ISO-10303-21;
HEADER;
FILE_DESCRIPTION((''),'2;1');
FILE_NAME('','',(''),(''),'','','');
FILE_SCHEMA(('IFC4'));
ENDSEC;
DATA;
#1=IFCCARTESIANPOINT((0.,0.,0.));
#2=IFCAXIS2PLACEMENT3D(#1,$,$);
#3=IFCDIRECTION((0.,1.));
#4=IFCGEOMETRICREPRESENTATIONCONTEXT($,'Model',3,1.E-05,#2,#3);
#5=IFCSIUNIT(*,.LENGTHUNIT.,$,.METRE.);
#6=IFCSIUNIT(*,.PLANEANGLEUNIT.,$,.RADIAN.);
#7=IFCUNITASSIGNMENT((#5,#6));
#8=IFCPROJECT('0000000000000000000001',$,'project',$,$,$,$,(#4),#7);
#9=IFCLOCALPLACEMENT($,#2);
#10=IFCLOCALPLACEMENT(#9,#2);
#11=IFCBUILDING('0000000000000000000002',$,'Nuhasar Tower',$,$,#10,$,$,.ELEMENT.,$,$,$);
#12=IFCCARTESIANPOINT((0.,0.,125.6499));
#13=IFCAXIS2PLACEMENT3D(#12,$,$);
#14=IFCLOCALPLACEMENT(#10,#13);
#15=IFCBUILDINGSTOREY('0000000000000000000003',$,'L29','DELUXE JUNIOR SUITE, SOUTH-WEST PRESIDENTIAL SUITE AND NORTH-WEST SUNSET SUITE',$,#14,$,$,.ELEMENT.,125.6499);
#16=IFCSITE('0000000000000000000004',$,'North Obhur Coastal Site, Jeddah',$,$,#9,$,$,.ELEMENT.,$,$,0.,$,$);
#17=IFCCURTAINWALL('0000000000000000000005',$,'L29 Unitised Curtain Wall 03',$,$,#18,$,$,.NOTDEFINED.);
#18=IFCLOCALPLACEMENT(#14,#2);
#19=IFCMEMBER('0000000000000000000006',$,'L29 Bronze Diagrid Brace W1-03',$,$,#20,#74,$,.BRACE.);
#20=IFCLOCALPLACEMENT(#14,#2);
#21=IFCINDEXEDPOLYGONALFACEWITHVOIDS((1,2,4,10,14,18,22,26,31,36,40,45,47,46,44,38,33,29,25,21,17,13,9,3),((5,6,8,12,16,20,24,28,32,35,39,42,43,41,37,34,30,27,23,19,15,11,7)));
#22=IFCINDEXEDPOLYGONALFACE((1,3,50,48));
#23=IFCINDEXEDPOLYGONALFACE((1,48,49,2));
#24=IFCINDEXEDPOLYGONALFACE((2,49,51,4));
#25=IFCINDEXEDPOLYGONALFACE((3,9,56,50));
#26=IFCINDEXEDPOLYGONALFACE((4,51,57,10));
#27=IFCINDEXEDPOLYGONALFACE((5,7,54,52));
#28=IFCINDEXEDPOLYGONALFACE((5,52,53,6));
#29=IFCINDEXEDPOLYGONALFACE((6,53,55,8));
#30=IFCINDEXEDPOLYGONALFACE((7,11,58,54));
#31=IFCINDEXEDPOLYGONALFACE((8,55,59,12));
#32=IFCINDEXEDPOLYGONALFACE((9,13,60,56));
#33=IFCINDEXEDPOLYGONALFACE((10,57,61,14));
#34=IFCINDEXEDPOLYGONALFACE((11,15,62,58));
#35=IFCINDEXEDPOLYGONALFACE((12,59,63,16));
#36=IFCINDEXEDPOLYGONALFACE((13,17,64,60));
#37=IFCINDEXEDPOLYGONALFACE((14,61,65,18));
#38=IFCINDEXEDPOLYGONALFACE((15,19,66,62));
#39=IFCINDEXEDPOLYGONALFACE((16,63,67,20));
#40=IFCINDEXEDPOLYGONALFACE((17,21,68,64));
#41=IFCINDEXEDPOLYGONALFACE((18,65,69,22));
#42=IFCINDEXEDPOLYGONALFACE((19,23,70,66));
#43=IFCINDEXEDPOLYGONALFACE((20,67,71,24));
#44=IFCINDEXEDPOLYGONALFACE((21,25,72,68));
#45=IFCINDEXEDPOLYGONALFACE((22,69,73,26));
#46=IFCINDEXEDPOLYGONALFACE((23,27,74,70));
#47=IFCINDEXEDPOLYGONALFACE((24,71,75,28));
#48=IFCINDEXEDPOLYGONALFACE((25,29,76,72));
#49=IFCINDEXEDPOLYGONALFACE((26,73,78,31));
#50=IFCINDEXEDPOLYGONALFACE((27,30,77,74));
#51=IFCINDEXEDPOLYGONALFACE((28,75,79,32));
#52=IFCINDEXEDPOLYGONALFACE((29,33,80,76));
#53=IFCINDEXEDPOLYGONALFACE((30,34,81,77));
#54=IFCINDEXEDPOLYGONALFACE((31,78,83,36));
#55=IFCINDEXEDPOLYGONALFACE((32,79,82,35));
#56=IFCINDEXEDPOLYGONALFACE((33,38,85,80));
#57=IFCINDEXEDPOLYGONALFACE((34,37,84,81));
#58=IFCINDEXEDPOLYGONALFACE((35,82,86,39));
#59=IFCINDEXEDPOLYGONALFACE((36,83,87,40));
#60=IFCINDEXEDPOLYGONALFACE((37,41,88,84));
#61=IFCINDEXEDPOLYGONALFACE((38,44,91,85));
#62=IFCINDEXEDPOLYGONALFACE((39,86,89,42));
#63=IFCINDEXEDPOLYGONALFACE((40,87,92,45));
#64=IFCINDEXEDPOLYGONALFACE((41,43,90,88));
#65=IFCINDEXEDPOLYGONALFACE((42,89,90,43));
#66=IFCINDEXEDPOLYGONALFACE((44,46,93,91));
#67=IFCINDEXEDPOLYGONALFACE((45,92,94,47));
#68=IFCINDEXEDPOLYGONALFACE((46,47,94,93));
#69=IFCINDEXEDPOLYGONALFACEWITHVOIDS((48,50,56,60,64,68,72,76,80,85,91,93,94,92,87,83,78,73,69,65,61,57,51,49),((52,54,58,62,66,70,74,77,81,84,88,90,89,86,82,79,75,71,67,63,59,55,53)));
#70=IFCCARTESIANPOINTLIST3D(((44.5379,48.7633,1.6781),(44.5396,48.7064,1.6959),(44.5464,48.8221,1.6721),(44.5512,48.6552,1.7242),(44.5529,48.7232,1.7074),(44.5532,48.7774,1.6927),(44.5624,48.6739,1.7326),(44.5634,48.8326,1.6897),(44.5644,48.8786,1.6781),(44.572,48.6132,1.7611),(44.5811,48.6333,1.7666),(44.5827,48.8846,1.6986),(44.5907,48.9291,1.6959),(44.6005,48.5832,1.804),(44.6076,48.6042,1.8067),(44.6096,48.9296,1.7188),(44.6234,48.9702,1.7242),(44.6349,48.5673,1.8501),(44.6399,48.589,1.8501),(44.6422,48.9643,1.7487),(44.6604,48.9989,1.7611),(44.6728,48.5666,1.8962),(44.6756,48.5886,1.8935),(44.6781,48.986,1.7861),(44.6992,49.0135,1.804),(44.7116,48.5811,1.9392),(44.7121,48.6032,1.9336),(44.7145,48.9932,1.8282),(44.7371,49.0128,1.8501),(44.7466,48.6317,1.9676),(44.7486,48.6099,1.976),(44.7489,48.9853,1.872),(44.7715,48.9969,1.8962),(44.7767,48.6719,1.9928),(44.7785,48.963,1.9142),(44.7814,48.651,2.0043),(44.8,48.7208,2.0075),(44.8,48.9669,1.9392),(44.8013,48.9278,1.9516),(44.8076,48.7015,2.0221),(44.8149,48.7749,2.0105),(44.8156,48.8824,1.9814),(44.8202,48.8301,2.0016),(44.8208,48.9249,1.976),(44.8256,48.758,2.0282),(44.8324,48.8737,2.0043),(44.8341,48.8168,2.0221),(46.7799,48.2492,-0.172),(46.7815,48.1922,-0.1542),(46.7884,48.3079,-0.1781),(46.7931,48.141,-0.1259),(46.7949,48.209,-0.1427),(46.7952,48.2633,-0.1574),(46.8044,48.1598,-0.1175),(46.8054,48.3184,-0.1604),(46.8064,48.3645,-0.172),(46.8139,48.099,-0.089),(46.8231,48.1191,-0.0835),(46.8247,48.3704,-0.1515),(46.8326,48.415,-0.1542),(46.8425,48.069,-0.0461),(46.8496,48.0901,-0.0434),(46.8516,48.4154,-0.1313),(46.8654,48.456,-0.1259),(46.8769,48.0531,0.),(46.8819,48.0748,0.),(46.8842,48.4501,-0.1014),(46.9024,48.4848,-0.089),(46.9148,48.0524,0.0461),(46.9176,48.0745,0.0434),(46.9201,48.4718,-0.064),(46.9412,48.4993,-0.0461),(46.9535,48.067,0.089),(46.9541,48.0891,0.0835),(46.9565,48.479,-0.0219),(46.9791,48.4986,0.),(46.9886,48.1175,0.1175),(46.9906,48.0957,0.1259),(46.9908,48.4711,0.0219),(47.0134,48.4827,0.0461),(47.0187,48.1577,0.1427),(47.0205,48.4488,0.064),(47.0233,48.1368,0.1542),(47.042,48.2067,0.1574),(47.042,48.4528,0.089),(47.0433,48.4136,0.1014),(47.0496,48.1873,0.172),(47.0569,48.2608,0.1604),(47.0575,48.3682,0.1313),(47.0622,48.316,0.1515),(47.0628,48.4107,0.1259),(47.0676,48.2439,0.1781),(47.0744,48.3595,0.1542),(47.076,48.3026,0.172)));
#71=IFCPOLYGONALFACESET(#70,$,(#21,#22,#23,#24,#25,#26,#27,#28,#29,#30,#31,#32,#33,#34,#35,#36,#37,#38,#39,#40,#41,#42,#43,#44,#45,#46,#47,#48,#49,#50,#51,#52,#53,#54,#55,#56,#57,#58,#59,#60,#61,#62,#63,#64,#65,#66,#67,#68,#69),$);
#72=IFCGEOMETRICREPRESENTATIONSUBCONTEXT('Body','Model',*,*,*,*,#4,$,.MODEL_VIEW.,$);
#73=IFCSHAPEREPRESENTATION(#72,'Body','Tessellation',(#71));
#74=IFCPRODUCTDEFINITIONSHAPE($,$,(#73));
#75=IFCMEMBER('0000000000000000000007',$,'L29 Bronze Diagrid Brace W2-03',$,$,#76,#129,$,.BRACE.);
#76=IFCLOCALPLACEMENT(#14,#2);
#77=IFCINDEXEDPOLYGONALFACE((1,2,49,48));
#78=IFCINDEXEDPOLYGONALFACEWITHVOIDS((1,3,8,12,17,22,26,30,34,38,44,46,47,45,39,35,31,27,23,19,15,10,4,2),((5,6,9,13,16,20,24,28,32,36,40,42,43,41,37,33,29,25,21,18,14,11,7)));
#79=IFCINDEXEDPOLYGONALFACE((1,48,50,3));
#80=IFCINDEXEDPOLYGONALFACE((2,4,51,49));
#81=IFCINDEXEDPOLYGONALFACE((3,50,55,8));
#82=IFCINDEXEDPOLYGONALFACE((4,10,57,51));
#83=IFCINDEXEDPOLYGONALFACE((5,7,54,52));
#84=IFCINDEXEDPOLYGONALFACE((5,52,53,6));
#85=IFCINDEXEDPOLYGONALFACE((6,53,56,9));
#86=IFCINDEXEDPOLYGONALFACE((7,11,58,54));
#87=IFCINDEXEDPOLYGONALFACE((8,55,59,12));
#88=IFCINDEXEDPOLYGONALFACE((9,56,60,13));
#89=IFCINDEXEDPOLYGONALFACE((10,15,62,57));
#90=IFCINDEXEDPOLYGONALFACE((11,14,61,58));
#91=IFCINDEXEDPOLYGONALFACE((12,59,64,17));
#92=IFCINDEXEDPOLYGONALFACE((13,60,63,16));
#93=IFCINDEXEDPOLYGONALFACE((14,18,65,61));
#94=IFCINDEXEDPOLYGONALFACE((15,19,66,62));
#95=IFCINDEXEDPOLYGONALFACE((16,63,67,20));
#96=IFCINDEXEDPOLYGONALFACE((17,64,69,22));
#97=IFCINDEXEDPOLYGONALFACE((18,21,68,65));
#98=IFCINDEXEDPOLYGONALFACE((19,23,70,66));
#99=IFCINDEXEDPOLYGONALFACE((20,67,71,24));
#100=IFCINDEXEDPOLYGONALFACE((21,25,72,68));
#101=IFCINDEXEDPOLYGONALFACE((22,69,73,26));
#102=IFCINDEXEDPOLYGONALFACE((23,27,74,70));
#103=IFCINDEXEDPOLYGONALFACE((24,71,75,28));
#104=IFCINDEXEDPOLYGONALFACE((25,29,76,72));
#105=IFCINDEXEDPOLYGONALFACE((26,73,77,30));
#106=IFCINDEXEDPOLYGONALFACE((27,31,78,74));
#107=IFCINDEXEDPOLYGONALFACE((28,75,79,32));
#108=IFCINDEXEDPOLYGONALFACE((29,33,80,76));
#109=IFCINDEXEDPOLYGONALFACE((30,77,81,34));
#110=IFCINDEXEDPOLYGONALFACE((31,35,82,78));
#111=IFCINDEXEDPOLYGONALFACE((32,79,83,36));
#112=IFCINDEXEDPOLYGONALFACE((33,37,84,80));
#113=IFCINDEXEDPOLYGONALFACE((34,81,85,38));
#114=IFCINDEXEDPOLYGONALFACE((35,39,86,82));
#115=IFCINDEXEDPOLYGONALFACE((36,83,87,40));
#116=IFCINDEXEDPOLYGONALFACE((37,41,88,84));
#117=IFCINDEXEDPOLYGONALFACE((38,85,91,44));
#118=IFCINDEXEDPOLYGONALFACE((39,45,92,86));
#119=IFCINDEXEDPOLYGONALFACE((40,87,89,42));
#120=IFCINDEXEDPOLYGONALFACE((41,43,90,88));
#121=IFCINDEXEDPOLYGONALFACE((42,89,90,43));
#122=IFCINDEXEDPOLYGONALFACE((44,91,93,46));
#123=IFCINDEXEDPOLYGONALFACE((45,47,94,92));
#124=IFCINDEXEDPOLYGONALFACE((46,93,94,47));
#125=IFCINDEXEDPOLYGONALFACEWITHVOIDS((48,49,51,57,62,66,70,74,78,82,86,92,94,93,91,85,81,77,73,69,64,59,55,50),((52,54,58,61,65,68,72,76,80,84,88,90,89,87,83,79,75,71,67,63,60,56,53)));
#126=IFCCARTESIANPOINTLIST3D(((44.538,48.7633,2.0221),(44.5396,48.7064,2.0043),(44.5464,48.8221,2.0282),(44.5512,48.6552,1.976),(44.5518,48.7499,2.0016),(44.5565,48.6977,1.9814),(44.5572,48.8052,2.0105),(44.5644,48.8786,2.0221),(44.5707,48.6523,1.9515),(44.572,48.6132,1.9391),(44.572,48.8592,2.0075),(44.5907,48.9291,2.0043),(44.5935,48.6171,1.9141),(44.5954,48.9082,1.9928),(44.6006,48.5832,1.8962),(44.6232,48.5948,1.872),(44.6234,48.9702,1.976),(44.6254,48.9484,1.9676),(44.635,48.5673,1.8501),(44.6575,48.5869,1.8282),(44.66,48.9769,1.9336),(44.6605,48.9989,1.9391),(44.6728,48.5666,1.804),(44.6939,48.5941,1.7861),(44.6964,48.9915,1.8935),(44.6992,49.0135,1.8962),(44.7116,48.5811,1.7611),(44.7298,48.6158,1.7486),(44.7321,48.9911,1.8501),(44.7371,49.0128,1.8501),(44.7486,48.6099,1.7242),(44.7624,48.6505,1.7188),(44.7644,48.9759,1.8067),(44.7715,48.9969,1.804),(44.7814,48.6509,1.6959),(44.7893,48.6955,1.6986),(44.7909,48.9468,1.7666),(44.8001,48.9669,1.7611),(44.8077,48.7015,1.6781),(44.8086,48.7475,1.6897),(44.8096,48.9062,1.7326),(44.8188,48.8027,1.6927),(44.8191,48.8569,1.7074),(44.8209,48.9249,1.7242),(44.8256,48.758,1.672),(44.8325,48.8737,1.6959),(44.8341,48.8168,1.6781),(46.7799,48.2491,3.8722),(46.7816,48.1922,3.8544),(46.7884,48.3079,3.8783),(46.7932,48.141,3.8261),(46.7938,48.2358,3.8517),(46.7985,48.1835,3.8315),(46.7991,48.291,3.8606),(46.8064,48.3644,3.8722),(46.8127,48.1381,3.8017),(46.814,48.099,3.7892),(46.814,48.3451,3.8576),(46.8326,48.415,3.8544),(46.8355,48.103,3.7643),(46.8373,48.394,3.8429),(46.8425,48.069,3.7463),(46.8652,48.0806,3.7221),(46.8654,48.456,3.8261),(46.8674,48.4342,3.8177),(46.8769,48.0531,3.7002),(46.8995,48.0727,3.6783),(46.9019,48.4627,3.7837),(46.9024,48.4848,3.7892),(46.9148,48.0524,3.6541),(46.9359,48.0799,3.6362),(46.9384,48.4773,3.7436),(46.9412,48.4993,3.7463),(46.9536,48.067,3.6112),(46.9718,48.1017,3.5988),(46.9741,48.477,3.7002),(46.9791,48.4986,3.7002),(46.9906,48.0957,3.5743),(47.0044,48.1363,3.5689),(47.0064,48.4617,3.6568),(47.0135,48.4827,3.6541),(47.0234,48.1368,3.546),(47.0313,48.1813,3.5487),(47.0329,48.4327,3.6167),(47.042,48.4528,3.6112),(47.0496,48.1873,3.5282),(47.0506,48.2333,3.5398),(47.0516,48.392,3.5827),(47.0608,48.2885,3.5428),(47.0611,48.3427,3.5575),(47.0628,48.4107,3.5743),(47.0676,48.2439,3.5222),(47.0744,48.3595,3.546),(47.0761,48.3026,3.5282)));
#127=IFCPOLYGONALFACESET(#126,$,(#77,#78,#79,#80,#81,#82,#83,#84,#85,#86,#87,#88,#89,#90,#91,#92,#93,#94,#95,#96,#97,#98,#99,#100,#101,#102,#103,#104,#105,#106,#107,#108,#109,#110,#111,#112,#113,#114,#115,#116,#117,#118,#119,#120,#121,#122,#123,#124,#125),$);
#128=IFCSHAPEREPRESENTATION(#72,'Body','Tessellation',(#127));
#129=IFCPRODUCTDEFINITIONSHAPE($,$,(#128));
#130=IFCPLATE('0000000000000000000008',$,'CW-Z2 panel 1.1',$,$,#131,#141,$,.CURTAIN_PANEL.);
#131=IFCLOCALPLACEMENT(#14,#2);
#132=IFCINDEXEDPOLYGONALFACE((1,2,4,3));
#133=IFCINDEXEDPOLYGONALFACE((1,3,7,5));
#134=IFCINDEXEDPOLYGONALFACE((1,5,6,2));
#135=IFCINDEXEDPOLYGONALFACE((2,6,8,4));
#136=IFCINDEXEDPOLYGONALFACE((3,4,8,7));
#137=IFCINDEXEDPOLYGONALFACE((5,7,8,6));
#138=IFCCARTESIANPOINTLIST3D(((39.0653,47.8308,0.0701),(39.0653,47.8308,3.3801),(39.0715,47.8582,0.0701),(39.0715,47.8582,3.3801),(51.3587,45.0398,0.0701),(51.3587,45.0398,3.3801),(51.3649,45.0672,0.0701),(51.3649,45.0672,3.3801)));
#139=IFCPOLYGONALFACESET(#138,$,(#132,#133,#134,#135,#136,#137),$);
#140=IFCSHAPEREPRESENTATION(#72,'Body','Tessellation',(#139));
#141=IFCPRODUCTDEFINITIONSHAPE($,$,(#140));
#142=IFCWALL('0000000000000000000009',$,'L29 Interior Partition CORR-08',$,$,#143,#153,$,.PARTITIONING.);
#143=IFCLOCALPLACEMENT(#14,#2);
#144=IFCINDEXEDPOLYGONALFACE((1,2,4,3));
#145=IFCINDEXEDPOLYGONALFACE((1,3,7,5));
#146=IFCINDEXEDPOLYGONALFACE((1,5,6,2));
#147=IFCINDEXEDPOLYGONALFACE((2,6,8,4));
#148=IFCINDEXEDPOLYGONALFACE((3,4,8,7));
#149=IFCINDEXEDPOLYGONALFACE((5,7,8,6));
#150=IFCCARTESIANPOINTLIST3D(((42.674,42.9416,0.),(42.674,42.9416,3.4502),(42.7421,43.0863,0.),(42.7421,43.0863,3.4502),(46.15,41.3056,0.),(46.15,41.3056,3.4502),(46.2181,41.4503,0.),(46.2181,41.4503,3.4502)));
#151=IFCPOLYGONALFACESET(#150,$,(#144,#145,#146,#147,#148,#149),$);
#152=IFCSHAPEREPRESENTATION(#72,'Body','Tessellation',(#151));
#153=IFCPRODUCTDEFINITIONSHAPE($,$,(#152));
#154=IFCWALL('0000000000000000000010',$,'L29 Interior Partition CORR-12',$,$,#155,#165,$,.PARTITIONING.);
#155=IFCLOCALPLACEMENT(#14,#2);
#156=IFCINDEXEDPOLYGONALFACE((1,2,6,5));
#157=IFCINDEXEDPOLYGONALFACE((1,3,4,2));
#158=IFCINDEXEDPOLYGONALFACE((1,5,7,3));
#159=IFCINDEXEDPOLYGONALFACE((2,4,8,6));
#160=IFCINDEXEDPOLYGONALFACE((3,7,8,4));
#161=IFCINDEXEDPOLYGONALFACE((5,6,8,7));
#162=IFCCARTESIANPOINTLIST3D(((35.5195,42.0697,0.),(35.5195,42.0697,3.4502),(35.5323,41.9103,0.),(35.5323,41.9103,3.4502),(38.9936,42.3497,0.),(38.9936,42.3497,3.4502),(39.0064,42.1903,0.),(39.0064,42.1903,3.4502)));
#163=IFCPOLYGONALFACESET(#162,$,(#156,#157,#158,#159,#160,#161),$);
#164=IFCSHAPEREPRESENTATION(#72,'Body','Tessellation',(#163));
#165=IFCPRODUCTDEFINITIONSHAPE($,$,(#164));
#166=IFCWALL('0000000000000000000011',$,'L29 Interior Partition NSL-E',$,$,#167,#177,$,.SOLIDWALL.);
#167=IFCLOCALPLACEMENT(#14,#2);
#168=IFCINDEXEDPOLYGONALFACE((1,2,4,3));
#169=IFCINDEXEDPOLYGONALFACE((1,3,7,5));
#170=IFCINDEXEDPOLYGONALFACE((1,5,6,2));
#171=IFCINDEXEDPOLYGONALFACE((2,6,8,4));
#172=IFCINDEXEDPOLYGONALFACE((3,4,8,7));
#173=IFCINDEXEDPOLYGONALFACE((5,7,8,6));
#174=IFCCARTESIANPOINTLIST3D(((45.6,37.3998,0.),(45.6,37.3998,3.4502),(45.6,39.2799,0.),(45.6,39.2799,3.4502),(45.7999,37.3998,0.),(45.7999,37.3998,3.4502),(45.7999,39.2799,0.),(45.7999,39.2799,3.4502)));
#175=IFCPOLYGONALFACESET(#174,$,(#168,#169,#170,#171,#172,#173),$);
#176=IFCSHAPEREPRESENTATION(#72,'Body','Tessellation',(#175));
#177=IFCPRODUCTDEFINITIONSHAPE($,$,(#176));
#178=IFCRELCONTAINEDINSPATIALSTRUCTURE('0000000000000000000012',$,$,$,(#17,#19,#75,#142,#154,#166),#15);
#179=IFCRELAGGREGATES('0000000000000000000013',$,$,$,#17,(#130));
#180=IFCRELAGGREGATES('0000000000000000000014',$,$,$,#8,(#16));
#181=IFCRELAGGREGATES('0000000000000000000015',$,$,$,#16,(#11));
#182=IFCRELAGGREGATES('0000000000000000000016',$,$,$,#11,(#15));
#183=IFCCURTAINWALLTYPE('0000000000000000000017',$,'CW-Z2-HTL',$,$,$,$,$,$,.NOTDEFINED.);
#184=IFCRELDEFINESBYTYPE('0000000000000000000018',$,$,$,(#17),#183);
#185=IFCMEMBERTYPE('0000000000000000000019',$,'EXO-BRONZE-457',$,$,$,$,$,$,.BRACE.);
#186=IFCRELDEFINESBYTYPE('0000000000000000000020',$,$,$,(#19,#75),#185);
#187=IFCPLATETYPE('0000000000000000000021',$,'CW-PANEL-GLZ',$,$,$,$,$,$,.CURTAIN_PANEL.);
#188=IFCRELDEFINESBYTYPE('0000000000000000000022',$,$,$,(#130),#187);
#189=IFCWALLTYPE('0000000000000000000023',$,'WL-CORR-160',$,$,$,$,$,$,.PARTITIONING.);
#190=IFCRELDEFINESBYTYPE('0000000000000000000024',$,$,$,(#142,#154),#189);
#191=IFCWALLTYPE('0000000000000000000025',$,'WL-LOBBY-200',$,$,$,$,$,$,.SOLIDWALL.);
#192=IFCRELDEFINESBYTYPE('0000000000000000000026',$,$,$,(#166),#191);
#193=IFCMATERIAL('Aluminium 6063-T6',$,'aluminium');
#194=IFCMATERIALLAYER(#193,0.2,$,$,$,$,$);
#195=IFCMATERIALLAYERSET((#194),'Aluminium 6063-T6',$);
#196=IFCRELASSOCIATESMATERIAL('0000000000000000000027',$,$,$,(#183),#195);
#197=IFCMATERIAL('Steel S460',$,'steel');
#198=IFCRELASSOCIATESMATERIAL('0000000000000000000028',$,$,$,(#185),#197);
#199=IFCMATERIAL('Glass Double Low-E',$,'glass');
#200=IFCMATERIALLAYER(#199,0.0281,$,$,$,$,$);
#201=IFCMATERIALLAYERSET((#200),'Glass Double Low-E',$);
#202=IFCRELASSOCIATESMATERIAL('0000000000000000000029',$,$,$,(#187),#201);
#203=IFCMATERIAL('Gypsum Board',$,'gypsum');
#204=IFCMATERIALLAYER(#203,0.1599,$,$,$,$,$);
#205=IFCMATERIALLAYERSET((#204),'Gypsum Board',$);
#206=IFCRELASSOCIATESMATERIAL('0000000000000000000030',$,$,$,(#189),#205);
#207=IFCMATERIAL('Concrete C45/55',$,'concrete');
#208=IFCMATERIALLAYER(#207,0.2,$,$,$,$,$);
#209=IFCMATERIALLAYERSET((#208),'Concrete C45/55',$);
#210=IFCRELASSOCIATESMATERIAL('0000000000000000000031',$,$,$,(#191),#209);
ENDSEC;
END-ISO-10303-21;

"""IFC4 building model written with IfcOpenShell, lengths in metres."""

from ifc_helpers import new_model, si_unit, direction, frame, frame_2d, origin, origin_2d, place, context, subcontext, project, spatial, rectangle, hollow_circle, extrude, material, layer, layer_set, material_profile, profile_set, type_object, element, aggregate, save


model = new_model("IFC4")

# Units and contexts
model_context = context("Model", 3, precision=1e-05, world=origin(), true_north=direction((0.0, 1.0)))
body_context = subcontext(model_context, "Body", "Model", "MODEL_VIEW")
ifc_project = project(units=[si_unit("LENGTHUNIT", "METRE"), si_unit("PLANEANGLEUNIT", "RADIAN")], contexts=[model_context])

# Site, building, storey
site_placement = place(None, origin())
site = spatial("IfcSite", under=ifc_project, at=site_placement, Name="North Obhur Coastal Site, Jeddah", CompositionType="ELEMENT", RefElevation=0.0)
building_placement = place(site_placement, origin())
building = spatial("IfcBuilding", under=site, at=building_placement, Name="Nuhasar Tower", CompositionType="ELEMENT")
storey_placement = place(building_placement, frame((0.0, 0.0, 125.6499)))
storey = spatial("IfcBuildingStorey", under=building, at=storey_placement, Name="L29", Description="DELUXE JUNIOR SUITE, SOUTH-WEST PRESIDENTIAL SUITE AND NORTH-WEST SUNSET SUITE", CompositionType="ELEMENT", Elevation=125.6499)

# Curtain wall
ifc_material_1 = material(Name="Aluminium 6063-T6", Category="aluminium")
ifc_layer_1 = layer(ifc_material_1, 0.2)
ifc_layer_set_1 = layer_set([ifc_layer_1], Name="Aluminium 6063-T6")
curtain_wall_type = type_object("IfcCurtainWallType", Name="CW-Z2-HTL", PredefinedType="NOTDEFINED", material=ifc_layer_set_1)
curtain_wall_1_placement = place(storey_placement, origin())
curtain_wall_1 = element("IfcCurtainWall", 1, at=curtain_wall_1_placement, inside=storey, type_object=curtain_wall_type, Name="L29 Unitised Curtain Wall 03", PredefinedType="NOTDEFINED")

# Members
ifc_material_2 = material(Name="Steel S460", Category="steel")
ifc_material_profile_1 = material_profile(ifc_material_2, hollow_circle(Radius=0.2285, WallThickness=0.0222, at=origin_2d()), Name="HSS457X22.2")
ifc_profile_set_1 = profile_set([ifc_material_profile_1], Name="Steel S460")
member_type_1 = type_object("IfcMemberType", Name="EXO-BRONZE-457", PredefinedType="BRACE", material=ifc_profile_set_1)
for number, where, z_axis, x_axis, name in (
    (2, (46.928, 48.2759, 0.0), (-0.7595, 0.174181, 0.626755), (-0.223534, -0.974696, 0.0), "L29 Bronze Diagrid Brace W1-03"),
    (3, (44.686, 48.79, 1.8501), (0.7595, -0.174181, 0.626755), (0.223534, 0.974696, 0.0), "L29 Bronze Diagrid Brace W2-03"),
):
    element("IfcMember", number, at=place(storey_placement, frame(where, z_axis=z_axis, x_axis=x_axis)), inside=storey, type_object=member_type_1, Name=name, PredefinedType="BRACE", context=body_context, shape_type="SweptSolid", body=[
        extrude(hollow_circle(Radius=0.2285, WallThickness=0.0222, at=origin_2d()), origin(), (0.0, 0.0, 1.0), 2.9519),
    ])

# Plate
ifc_material_3 = material(Name="Glass Double Low-E", Category="glass")
ifc_layer_2 = layer(ifc_material_3, 0.0281)
ifc_layer_set_2 = layer_set([ifc_layer_2], Name="Glass Double Low-E")
plate_type = type_object("IfcPlateType", Name="CW-PANEL-GLZ", PredefinedType="CURTAIN_PANEL", material=ifc_layer_set_2)
plate_placement = place(storey_placement, frame((45.2151, 46.449, 0.0701), z_axis=(0.0, 0.0, 1.0), x_axis=(-0.975184, 0.221397, 0.0)))
plate = element("IfcPlate", 4, at=plate_placement, type_object=plate_type, Name="CW-Z2 panel 1.1", PredefinedType="CURTAIN_PANEL", context=body_context, shape_type="SweptSolid", body=[
    extrude(rectangle(XDim=12.6062, YDim=0.0281, at=origin_2d()), origin(), (0.0, 0.0, 1.0), 3.3101),
])
aggregate(curtain_wall_1, [plate])

# Wall
ifc_material_4 = material(Name="Gypsum Board", Category="gypsum")
ifc_layer_3 = layer(ifc_material_4, 0.1599)
ifc_layer_set_3 = layer_set([ifc_layer_3], Name="Gypsum Board")
wall_type_1 = type_object("IfcWallType", Name="WL-CORR-160", PredefinedType="PARTITIONING", material=ifc_layer_set_3)
wall_1_placement = place(storey_placement, frame((46.1841, 41.3779, 0.0), z_axis=(0.0, 0.0, 1.0), x_axis=(-0.9048, 0.425837, 0.0)))
element("IfcWall", 5, at=wall_1_placement, inside=storey, type_object=wall_type_1, Name="L29 Interior Partition CORR-08", PredefinedType="PARTITIONING", context=body_context, shape_type="SweptSolid", body=[
    extrude(rectangle(XDim=3.8418, YDim=0.1599, at=frame_2d((1.9209, 0.0))), origin(), (0.0, 0.0, 1.0), 3.4502),
])

# Walls
wall_2_placement = place(storey_placement, frame((39.0, 42.27, 0.0), z_axis=(0.0, 0.0, 1.0), x_axis=(-0.996767, -0.080344, 0.0)))
element("IfcWall", 6, at=wall_2_placement, inside=storey, type_object=wall_type_1, Name="L29 Interior Partition CORR-12", PredefinedType="PARTITIONING", context=body_context, shape_type="SweptSolid", body=[
    extrude(rectangle(XDim=3.4854, YDim=0.1599, at=frame_2d((1.7427, 0.0))), origin(), (0.0, 0.0, 1.0), 3.4502),
])
ifc_material_5 = material(Name="Concrete C45/55", Category="concrete")
ifc_layer_4 = layer(ifc_material_5, 0.2)
ifc_layer_set_4 = layer_set([ifc_layer_4], Name="Concrete C45/55")
wall_type_2 = type_object("IfcWallType", Name="WL-LOBBY-200", PredefinedType="SOLIDWALL", material=ifc_layer_set_4)
wall_3_placement = place(storey_placement, frame((45.7, 37.3999, 0.0), z_axis=(0.0, 0.0, 1.0), x_axis=(0.0, 1.0, 0.0)))
element("IfcWall", 7, at=wall_3_placement, inside=storey, type_object=wall_type_2, Name="L29 Interior Partition NSL-E", PredefinedType="SOLIDWALL", context=body_context, shape_type="SweptSolid", body=[
    extrude(rectangle(XDim=1.8801, YDim=0.2, at=frame_2d((0.9399, 0.0))), origin(), (0.0, 0.0, 1.0), 3.4502),
])

save(model, "model.ifc")
